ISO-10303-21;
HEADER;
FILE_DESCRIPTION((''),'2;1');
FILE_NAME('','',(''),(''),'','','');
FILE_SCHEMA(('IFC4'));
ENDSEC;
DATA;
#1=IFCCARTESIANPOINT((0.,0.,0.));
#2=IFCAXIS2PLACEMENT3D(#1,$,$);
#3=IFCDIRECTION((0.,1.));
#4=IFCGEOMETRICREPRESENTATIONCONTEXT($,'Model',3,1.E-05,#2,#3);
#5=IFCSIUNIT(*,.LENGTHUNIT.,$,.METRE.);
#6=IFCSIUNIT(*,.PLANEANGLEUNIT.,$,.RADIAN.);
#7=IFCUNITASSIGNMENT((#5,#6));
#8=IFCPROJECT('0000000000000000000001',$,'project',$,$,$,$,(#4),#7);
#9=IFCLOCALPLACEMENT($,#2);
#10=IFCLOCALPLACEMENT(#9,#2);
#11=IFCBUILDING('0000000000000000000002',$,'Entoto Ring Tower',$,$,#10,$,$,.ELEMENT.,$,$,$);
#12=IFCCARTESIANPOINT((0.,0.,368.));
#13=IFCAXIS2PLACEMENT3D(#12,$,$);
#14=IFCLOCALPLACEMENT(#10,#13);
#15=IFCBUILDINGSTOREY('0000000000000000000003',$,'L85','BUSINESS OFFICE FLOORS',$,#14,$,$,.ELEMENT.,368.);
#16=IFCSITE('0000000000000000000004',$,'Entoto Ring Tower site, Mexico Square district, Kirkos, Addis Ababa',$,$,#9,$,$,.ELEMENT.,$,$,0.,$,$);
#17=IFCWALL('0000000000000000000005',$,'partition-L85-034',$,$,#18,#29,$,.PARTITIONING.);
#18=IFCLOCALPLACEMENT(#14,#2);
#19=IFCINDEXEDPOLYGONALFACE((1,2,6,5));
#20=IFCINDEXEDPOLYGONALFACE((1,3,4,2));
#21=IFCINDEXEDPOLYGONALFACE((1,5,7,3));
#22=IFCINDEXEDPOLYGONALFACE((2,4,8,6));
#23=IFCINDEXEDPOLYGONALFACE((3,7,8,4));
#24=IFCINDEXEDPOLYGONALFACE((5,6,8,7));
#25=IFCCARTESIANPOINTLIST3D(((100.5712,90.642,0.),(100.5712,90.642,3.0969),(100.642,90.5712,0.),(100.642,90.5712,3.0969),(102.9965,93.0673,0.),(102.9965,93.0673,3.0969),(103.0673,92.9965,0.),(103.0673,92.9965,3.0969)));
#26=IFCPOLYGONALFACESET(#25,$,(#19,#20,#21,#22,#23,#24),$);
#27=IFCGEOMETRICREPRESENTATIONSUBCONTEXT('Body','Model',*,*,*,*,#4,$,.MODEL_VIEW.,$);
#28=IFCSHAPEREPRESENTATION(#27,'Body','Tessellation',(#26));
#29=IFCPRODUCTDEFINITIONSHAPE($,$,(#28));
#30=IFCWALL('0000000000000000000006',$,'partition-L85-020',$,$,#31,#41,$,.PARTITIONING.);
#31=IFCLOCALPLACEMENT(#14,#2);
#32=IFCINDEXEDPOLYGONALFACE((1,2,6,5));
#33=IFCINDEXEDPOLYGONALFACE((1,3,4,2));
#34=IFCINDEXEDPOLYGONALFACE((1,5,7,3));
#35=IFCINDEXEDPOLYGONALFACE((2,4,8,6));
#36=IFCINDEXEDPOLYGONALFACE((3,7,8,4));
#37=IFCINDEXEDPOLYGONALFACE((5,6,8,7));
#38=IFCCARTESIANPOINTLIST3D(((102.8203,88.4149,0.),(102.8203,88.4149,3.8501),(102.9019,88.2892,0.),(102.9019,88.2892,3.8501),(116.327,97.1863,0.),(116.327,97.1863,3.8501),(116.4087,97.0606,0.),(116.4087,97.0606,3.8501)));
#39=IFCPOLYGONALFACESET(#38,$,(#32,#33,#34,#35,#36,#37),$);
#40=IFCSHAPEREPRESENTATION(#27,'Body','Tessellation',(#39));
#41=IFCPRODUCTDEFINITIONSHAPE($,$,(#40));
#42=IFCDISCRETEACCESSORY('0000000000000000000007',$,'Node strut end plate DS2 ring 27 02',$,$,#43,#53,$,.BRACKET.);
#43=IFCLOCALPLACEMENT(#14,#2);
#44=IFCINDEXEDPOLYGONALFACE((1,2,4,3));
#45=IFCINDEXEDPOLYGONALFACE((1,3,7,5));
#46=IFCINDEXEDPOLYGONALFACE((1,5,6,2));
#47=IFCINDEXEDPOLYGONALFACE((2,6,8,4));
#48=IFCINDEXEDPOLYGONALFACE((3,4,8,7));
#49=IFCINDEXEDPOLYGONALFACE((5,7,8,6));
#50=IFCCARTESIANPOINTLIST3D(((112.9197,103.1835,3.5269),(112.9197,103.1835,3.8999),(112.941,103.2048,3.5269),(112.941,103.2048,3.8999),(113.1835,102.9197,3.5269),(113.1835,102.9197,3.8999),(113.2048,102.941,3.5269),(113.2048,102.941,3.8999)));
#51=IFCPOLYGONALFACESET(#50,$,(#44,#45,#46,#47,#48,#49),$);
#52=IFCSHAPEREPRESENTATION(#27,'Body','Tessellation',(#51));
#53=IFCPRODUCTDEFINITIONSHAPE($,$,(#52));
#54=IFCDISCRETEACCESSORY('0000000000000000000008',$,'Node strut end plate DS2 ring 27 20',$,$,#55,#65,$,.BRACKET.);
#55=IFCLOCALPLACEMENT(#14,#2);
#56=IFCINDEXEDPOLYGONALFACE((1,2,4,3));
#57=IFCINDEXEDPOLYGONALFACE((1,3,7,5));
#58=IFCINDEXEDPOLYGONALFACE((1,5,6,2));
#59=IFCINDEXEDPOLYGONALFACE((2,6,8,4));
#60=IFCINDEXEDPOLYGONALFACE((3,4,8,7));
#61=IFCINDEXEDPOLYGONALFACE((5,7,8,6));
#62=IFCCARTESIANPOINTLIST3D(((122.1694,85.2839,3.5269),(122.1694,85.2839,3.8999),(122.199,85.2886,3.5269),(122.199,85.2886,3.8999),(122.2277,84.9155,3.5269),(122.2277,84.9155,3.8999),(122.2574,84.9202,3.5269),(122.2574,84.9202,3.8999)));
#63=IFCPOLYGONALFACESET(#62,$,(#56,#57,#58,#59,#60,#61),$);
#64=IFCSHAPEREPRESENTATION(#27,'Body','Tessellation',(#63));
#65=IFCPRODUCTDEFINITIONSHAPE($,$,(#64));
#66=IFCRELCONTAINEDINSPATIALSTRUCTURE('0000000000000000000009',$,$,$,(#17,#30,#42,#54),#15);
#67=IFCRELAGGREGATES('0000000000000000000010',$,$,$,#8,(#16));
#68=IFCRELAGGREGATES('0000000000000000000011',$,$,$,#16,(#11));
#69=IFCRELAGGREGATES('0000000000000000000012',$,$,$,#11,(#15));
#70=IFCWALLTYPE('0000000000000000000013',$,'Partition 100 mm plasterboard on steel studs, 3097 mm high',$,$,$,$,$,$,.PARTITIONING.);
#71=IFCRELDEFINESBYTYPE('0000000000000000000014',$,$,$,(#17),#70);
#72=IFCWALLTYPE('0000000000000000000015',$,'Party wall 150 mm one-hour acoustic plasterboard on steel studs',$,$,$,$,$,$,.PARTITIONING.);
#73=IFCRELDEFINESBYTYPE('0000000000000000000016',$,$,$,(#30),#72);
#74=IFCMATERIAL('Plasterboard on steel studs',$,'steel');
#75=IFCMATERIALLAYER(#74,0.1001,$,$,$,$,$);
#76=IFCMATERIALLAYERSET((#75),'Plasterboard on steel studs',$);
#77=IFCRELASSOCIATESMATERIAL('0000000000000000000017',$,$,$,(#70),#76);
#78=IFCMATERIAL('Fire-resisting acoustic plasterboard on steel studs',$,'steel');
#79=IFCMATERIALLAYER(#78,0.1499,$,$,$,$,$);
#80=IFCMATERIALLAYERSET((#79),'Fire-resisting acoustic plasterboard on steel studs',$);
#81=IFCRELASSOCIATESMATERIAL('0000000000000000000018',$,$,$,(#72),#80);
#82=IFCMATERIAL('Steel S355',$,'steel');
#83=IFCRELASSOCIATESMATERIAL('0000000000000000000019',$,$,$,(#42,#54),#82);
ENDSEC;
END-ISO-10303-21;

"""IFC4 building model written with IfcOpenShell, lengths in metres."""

from ifc_helpers import new_model, si_unit, direction, frame, frame_2d, origin, origin_2d, place, context, subcontext, project, spatial, rectangle, extrude, material, layer, layer_set, type_object, element, save


model = new_model("IFC4")

# Units and contexts
model_context = context("Model", 3, precision=1e-05, world=origin(), true_north=direction((0.0, 1.0)))
body_context = subcontext(model_context, "Body", "Model", "MODEL_VIEW")
ifc_project = project(units=[si_unit("LENGTHUNIT", "METRE"), si_unit("PLANEANGLEUNIT", "RADIAN")], contexts=[model_context])

# Site, building, storey
site_placement = place(None, origin())
site = spatial("IfcSite", under=ifc_project, at=site_placement, Name="Entoto Ring Tower site, Mexico Square district, Kirkos, Addis Ababa", CompositionType="ELEMENT", RefElevation=0.0)
building_placement = place(site_placement, origin())
building = spatial("IfcBuilding", under=site, at=building_placement, Name="Entoto Ring Tower", CompositionType="ELEMENT")
storey_placement = place(building_placement, frame((0.0, 0.0, 368.0)))
storey = spatial("IfcBuildingStorey", under=building, at=storey_placement, Name="L85", Description="BUSINESS OFFICE FLOORS", CompositionType="ELEMENT", Elevation=368.0)

# Walls
ifc_material_1 = material(Name="Plasterboard on steel studs", Category="steel")
ifc_layer_1 = layer(ifc_material_1, 0.1001)
ifc_layer_set_1 = layer_set([ifc_layer_1], Name="Plasterboard on steel studs")
wall_type_1 = type_object("IfcWallType", Name="Partition 100 mm plasterboard on steel studs, 3097 mm high", PredefinedType="PARTITIONING", material=ifc_layer_set_1)
wall_1_placement = place(storey_placement, frame((100.6067, 90.6067, 0.0), z_axis=(0.0, 0.0, 1.0), x_axis=(0.707107, 0.707107, 0.0)))
element("IfcWall", 1, at=wall_1_placement, inside=storey, type_object=wall_type_1, Name="partition-L85-034", PredefinedType="PARTITIONING", context=body_context, shape_type="SweptSolid", body=[
    extrude(rectangle(XDim=3.4299, YDim=0.1001, at=frame_2d((1.7148, 0.0))), origin(), (0.0, 0.0, 1.0), 3.0969),
])
ifc_material_2 = material(Name="Fire-resisting acoustic plasterboard on steel studs", Category="steel")
ifc_layer_2 = layer(ifc_material_2, 0.1499)
ifc_layer_set_2 = layer_set([ifc_layer_2], Name="Fire-resisting acoustic plasterboard on steel studs")
wall_type_2 = type_object("IfcWallType", Name="Party wall 150 mm one-hour acoustic plasterboard on steel studs", PredefinedType="PARTITIONING", material=ifc_layer_set_2)
wall_2_placement = place(storey_placement, frame((102.8611, 88.3521, 0.0), z_axis=(0.0, 0.0, 1.0), x_axis=(0.838669, 0.544641, 0.0)))
element("IfcWall", 2, at=wall_2_placement, inside=storey, type_object=wall_type_2, Name="partition-L85-020", PredefinedType="PARTITIONING", context=body_context, shape_type="SweptSolid", body=[
    extrude(rectangle(XDim=16.105, YDim=0.1499, at=frame_2d((8.0525, 0.0))), origin(), (0.0, 0.0, 1.0), 3.8501),
])

# Discrete accessories
ifc_material_3 = material(Name="Steel S355", Category="steel")
for number, where, z_axis, x_axis, name in (
    (3, (113.0623, 103.0623, 3.5269), (0.0, 0.0, 1.0), (0.707107, 0.707107, 0.0), "Node strut end plate DS2 ring 27 02"),
    (4, (122.2134, 85.1021, 3.5269), (0.0, 0.0, 1.0), (0.987688, 0.156434, 0.0), "Node strut end plate DS2 ring 27 20"),
):
    element("IfcDiscreteAccessory", number, at=place(storey_placement, frame(where, z_axis=z_axis, x_axis=x_axis)), inside=storey, material=ifc_material_3, Name=name, PredefinedType="BRACKET", context=body_context, shape_type="SweptSolid", body=[
        extrude(rectangle(XDim=0.03, YDim=0.373, at=origin_2d()), origin(), (0.0, 0.0, 1.0), 0.373),
    ])

save(model, "model.ifc")
